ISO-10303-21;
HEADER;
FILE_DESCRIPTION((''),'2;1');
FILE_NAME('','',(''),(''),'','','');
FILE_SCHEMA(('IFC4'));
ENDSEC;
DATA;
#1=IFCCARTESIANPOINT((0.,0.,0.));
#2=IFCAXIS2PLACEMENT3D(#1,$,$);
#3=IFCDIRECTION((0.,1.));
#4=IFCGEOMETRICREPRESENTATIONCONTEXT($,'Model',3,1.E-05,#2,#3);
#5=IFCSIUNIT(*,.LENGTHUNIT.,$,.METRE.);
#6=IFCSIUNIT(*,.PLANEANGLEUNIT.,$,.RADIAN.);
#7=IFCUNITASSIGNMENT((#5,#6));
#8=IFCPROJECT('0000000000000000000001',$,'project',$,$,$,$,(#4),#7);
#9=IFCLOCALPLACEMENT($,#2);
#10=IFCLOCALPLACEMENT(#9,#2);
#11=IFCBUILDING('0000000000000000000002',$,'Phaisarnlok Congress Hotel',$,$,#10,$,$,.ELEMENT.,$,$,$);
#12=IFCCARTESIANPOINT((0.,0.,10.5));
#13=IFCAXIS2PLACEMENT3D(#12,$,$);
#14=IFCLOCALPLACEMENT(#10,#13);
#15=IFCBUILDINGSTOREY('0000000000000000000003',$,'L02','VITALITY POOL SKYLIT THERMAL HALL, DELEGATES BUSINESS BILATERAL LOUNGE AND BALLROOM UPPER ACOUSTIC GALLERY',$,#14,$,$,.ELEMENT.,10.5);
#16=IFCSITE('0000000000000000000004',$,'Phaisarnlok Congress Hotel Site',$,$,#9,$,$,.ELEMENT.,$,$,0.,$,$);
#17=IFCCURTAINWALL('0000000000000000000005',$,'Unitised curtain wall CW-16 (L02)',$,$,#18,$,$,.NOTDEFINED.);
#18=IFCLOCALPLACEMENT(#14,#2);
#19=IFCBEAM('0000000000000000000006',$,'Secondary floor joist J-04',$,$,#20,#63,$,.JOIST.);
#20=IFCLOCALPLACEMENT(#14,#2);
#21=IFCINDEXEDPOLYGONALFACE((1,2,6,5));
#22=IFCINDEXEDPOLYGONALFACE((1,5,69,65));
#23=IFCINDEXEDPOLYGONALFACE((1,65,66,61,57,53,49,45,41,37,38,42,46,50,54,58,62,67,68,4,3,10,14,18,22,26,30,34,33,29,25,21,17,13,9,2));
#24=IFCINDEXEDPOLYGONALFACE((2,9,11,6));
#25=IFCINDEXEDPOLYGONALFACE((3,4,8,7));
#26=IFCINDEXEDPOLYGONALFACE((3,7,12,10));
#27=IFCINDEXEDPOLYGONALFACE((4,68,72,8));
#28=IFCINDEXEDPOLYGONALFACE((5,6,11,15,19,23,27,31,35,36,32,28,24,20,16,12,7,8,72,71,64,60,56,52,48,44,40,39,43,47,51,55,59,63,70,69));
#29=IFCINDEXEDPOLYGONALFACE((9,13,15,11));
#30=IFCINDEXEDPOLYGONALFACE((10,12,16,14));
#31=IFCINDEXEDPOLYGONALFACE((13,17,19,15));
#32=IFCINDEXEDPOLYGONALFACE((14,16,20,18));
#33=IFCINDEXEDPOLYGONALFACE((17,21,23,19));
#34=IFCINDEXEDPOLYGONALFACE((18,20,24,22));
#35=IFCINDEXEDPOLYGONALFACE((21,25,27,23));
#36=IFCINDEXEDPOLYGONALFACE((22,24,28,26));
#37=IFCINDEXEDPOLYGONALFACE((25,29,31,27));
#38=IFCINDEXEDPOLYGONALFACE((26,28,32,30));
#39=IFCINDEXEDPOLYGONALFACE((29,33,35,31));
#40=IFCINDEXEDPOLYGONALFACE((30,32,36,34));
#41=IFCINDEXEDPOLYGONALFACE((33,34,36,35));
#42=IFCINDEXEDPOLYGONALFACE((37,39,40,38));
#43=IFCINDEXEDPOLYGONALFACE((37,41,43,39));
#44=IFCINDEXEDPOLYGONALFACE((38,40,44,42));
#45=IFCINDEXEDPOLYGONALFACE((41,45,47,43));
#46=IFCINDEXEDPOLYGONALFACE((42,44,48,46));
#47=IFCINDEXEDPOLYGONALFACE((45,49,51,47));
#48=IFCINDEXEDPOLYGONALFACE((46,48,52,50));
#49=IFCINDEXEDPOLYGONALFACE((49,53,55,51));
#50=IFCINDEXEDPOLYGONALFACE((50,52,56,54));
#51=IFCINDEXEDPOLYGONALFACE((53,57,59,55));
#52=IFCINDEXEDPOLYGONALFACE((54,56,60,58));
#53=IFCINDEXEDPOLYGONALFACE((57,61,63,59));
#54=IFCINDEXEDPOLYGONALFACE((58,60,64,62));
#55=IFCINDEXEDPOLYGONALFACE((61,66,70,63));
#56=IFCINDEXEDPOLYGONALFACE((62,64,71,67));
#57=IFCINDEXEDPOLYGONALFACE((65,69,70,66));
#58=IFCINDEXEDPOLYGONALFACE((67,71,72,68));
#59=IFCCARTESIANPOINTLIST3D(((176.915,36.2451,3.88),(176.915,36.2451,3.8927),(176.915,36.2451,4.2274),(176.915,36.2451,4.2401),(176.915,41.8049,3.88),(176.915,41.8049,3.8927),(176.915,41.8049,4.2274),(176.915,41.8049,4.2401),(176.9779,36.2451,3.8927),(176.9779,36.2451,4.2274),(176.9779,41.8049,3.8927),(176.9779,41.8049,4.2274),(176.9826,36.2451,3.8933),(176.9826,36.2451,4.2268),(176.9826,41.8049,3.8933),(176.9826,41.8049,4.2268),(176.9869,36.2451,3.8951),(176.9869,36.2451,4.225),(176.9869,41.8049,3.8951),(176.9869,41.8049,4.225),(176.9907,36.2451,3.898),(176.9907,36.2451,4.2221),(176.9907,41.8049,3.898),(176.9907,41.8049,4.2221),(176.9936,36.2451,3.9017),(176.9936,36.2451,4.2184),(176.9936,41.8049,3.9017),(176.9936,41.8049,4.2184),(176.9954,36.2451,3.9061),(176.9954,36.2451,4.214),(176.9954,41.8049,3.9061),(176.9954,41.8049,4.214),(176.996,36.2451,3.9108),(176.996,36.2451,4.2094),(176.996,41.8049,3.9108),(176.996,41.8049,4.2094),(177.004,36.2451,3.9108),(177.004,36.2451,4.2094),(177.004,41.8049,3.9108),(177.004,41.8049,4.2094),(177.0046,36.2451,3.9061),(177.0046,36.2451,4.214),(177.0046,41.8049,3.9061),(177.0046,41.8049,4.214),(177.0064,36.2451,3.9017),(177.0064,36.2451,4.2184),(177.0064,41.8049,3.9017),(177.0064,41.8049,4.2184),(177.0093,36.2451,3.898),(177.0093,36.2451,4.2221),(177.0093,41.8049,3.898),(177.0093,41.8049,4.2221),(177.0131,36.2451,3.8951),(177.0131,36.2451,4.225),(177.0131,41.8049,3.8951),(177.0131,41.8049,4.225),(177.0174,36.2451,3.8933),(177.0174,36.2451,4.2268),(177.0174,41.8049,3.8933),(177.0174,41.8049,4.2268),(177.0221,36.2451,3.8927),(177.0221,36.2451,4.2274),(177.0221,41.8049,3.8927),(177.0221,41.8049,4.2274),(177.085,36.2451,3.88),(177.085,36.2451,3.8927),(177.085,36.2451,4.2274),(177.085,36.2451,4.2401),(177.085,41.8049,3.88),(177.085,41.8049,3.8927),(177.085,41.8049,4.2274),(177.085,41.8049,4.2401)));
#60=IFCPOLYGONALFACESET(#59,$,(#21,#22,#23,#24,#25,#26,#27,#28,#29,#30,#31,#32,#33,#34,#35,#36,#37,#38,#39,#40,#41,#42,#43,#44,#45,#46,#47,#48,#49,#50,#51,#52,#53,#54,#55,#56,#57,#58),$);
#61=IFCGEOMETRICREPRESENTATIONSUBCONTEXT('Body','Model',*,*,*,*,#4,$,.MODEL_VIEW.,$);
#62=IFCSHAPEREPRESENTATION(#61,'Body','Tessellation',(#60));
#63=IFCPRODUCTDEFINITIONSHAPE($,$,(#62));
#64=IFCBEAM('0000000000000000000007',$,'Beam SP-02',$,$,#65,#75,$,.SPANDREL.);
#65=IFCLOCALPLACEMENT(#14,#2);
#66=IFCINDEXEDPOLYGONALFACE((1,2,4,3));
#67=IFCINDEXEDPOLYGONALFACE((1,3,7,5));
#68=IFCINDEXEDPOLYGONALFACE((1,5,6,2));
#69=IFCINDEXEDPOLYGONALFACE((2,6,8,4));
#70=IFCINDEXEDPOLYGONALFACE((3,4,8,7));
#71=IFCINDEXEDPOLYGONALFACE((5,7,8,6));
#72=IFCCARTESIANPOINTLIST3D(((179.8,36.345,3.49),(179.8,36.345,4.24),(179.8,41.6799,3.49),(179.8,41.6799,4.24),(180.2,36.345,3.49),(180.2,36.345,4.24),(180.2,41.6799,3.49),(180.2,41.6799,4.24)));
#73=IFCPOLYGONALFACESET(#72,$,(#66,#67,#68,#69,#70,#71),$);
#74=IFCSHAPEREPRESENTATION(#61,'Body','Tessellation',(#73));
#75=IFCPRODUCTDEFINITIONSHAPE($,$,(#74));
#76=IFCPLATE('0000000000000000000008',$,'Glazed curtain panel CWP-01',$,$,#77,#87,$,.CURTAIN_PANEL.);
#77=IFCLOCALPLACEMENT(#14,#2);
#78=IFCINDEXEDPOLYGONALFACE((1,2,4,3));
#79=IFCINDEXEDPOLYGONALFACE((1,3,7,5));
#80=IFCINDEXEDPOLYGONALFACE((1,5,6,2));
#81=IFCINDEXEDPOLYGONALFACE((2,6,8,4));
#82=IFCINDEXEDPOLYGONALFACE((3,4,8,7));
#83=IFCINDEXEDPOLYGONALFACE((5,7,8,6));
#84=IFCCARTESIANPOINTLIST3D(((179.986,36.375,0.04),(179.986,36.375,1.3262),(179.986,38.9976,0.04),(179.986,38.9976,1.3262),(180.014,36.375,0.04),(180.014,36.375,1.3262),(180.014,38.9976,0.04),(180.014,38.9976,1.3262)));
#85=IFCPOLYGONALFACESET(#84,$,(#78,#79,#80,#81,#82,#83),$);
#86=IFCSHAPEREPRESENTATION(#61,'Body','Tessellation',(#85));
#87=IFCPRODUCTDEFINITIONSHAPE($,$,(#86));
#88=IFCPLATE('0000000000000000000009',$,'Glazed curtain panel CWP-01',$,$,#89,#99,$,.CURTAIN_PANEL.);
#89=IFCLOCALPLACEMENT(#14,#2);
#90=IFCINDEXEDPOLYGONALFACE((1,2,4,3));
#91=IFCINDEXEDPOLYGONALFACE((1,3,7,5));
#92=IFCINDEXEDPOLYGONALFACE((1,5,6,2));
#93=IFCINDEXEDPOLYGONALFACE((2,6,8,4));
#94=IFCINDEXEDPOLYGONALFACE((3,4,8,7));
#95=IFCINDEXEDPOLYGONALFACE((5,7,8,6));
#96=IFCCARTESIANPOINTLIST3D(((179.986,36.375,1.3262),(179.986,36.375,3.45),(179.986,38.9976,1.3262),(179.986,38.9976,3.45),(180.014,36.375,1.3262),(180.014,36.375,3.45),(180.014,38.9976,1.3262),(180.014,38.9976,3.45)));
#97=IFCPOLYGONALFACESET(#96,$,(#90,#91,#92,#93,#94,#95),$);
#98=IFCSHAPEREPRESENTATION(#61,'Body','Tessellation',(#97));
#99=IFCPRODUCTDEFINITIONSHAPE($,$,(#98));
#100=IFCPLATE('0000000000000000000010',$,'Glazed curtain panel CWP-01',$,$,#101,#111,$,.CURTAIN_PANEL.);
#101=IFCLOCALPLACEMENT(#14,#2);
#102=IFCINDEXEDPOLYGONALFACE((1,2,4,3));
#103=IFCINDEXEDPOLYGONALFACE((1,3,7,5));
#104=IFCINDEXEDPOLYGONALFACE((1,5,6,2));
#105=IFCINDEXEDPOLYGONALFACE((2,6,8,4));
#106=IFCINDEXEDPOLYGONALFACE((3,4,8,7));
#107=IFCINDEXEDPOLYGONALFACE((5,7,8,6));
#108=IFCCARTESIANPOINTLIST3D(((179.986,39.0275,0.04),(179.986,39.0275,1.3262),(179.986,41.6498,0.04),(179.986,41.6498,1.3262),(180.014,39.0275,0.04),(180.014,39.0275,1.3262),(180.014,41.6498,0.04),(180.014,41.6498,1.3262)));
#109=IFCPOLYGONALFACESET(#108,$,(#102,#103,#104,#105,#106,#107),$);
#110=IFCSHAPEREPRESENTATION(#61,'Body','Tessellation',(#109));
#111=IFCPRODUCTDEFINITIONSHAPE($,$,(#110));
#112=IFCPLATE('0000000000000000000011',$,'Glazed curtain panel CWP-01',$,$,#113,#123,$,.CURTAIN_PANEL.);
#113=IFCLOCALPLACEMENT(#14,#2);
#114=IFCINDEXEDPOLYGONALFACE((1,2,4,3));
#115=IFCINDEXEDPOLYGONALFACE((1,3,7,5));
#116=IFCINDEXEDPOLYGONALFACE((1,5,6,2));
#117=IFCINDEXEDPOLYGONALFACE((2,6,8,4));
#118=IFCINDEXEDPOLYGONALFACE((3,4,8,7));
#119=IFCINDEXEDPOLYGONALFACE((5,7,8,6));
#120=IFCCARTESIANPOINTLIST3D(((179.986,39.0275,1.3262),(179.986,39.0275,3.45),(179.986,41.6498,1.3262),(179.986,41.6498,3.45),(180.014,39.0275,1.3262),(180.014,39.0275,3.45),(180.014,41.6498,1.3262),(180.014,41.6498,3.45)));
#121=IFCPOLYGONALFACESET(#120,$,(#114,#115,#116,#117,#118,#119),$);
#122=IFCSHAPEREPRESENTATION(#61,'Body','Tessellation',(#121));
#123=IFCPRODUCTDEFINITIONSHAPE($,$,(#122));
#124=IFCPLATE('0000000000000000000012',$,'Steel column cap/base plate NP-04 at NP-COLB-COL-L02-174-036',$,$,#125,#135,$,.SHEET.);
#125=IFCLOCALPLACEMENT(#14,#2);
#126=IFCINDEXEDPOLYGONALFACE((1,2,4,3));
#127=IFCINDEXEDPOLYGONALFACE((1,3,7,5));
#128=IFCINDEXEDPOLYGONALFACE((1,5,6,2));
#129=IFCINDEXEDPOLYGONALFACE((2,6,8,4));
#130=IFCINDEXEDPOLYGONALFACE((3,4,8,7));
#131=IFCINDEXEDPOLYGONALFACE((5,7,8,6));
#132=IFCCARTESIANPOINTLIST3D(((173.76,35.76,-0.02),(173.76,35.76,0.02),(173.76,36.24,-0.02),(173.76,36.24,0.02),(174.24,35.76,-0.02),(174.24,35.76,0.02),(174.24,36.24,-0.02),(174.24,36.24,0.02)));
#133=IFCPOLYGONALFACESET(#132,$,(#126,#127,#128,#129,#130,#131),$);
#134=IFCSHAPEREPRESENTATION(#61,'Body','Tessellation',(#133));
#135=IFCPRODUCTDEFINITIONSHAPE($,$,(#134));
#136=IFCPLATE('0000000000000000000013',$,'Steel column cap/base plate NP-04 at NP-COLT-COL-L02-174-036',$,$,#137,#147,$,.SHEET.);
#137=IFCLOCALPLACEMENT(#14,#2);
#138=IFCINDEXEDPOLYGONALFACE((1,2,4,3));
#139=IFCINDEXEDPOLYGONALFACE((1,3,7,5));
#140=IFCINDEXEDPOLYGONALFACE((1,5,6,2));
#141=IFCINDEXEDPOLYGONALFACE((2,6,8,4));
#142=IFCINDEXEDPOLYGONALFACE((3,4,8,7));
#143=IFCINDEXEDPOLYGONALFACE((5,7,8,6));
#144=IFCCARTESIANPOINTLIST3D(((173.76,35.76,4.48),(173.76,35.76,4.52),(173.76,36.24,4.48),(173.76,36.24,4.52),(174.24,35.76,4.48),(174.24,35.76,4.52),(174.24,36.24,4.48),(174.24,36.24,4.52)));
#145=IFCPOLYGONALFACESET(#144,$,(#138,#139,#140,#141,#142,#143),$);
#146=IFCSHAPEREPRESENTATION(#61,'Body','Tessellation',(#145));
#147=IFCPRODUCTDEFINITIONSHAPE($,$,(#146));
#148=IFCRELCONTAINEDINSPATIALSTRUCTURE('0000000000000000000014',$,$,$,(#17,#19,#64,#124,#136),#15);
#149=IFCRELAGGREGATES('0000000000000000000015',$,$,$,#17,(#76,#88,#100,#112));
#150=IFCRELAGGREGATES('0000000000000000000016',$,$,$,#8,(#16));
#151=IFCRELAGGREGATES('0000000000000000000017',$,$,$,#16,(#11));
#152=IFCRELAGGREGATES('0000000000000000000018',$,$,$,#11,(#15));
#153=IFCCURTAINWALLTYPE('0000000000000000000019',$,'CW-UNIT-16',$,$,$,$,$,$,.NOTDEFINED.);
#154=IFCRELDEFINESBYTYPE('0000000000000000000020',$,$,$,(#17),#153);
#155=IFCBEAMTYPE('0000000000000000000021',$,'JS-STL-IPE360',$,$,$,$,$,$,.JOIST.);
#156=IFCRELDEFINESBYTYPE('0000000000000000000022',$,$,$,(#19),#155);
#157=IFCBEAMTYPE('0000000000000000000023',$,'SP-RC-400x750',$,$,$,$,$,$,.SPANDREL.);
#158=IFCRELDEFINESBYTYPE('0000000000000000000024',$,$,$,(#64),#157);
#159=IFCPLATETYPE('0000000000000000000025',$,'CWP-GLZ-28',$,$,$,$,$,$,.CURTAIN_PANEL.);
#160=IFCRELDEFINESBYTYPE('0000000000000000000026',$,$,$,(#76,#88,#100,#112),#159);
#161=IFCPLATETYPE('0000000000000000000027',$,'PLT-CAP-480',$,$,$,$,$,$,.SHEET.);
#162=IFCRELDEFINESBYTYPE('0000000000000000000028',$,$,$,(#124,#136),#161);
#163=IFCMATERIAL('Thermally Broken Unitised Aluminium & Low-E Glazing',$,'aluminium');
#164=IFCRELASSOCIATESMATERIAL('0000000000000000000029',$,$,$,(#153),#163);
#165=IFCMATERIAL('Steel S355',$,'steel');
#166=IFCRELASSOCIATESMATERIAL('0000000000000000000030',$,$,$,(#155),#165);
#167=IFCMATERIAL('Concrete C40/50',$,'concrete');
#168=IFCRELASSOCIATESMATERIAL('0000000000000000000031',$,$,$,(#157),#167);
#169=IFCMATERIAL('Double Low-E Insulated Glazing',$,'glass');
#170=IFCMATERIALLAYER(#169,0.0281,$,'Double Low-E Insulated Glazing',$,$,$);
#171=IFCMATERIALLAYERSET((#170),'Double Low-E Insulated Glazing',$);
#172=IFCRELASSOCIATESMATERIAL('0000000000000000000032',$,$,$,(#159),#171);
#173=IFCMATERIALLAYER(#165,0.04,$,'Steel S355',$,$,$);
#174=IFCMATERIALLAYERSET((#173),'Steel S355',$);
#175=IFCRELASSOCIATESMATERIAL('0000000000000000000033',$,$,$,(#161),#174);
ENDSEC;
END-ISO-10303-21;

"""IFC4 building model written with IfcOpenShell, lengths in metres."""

from ifc_helpers import new_model, si_unit, direction, frame, frame_2d, origin, origin_2d, place, context, subcontext, project, spatial, rectangle, i_section, extrude, material, layer, layer_set, material_profile, profile_set, type_object, element, aggregate, save


model = new_model("IFC4")

# Units and contexts
model_context = context("Model", 3, precision=1e-05, world=origin(), true_north=direction((0.0, 1.0)))
body_context = subcontext(model_context, "Body", "Model", "MODEL_VIEW")
ifc_project = project(units=[si_unit("LENGTHUNIT", "METRE"), si_unit("PLANEANGLEUNIT", "RADIAN")], contexts=[model_context])

# Site, building, storey
site_placement = place(None, origin())
site = spatial("IfcSite", under=ifc_project, at=site_placement, Name="Phaisarnlok Congress Hotel Site", CompositionType="ELEMENT", RefElevation=0.0)
building_placement = place(site_placement, origin())
building = spatial("IfcBuilding", under=site, at=building_placement, Name="Phaisarnlok Congress Hotel", CompositionType="ELEMENT")
storey_placement = place(building_placement, frame((0.0, 0.0, 10.5)))
storey = spatial("IfcBuildingStorey", under=building, at=storey_placement, Name="L02", Description="VITALITY POOL SKYLIT THERMAL HALL, DELEGATES BUSINESS BILATERAL LOUNGE AND BALLROOM UPPER ACOUSTIC GALLERY", CompositionType="ELEMENT", Elevation=10.5)

# Shared definitions
ifc_material_1 = material(Name="Steel S355", Category="steel")

# Shared definitions
ifc_material_2 = material(Name="Concrete C40/50", Category="concrete")

# Curtain wall
ifc_material_3 = material(Name="Thermally Broken Unitised Aluminium & Low-E Glazing", Category="aluminium")
curtain_wall_type = type_object("IfcCurtainWallType", Name="CW-UNIT-16", PredefinedType="NOTDEFINED", material=ifc_material_3)
curtain_wall_placement = place(storey_placement, origin())
curtain_wall = element("IfcCurtainWall", 1, at=curtain_wall_placement, inside=storey, type_object=curtain_wall_type, Name="Unitised curtain wall CW-16 (L02)", PredefinedType="NOTDEFINED")

# Beams
ifc_material_profile_1 = material_profile(ifc_material_1, i_section(OverallWidth=0.1699, OverallDepth=0.3601, WebThickness=0.0081, FlangeThickness=0.0127, FilletRadius=0.0181, at=origin_2d()), Name="IPE 360")
ifc_profile_set_1 = profile_set([ifc_material_profile_1], Name="Steel S355")
beam_type_1 = type_object("IfcBeamType", Name="JS-STL-IPE360", PredefinedType="JOIST", material=ifc_profile_set_1)
beam_1_placement = place(storey_placement, frame((177.0, 36.2451, 4.0601), z_axis=(0.0, 1.0, 0.0), x_axis=(-1.0, 0.0, 0.0)))
element("IfcBeam", 2, at=beam_1_placement, inside=storey, type_object=beam_type_1, Name="Secondary floor joist J-04", PredefinedType="JOIST", context=body_context, shape_type="SweptSolid", body=[
    extrude(i_section(OverallWidth=0.1699, OverallDepth=0.3601, WebThickness=0.0081, FlangeThickness=0.0127, FilletRadius=0.0181, at=origin_2d()), origin(), (0.0, 0.0, 1.0), 5.5598),
])
ifc_material_profile_2 = material_profile(ifc_material_2, rectangle(XDim=0.3999, YDim=0.75, at=origin_2d()), Name="RC 400x750")
ifc_profile_set_2 = profile_set([ifc_material_profile_2], Name="Concrete C40/50")
beam_type_2 = type_object("IfcBeamType", Name="SP-RC-400x750", PredefinedType="SPANDREL", material=ifc_profile_set_2)
beam_2_placement = place(storey_placement, frame((180.0, 36.345, 3.865), z_axis=(0.0, 1.0, 0.0), x_axis=(-1.0, 0.0, 0.0)))
element("IfcBeam", 3, at=beam_2_placement, inside=storey, type_object=beam_type_2, Name="Beam SP-02", PredefinedType="SPANDREL", context=body_context, shape_type="SweptSolid", body=[
    extrude(rectangle(XDim=0.3999, YDim=0.75, at=origin_2d()), origin(), (0.0, 0.0, 1.0), 5.335),
])

# Plates
ifc_material_4 = material(Name="Double Low-E Insulated Glazing", Category="glass")
ifc_layer_1 = layer(ifc_material_4, 0.0281, Name="Double Low-E Insulated Glazing")
ifc_layer_set_1 = layer_set([ifc_layer_1], Name="Double Low-E Insulated Glazing")
plate_type_1 = type_object("IfcPlateType", Name="CWP-GLZ-28", PredefinedType="CURTAIN_PANEL", material=ifc_layer_set_1)
plate_1_placement = place(storey_placement, frame((180.0, 36.375, 0.04), z_axis=(0.0, 0.0, 1.0), x_axis=(0.0, 1.0, 0.0)))
plate_1 = element("IfcPlate", 4, at=plate_1_placement, type_object=plate_type_1, Name="Glazed curtain panel CWP-01", PredefinedType="CURTAIN_PANEL", context=body_context, shape_type="SweptSolid", body=[
    extrude(rectangle(XDim=2.6226, YDim=0.0281, at=frame_2d((1.3113, 0.0))), origin(), (0.0, 0.0, 1.0), 1.2861),
])
plate_2_placement = place(storey_placement, frame((180.0, 36.375, 1.3262), z_axis=(0.0, 0.0, 1.0), x_axis=(0.0, 1.0, 0.0)))
plate_2 = element("IfcPlate", 5, at=plate_2_placement, type_object=plate_type_1, Name="Glazed curtain panel CWP-01", PredefinedType="CURTAIN_PANEL", context=body_context, shape_type="SweptSolid", body=[
    extrude(rectangle(XDim=2.6226, YDim=0.0281, at=frame_2d((1.3113, 0.0))), origin(), (0.0, 0.0, 1.0), 2.1238),
])
plate_3_placement = place(storey_placement, frame((180.0, 39.0276, 0.04), z_axis=(0.0, 0.0, 1.0), x_axis=(0.0, 1.0, 0.0)))
plate_3 = element("IfcPlate", 6, at=plate_3_placement, type_object=plate_type_1, Name="Glazed curtain panel CWP-01", PredefinedType="CURTAIN_PANEL", context=body_context, shape_type="SweptSolid", body=[
    extrude(rectangle(XDim=2.6223, YDim=0.0281, at=frame_2d((1.311, 0.0))), origin(), (0.0, 0.0, 1.0), 1.2861),
])
plate_4_placement = place(storey_placement, frame((180.0, 39.0276, 1.3262), z_axis=(0.0, 0.0, 1.0), x_axis=(0.0, 1.0, 0.0)))
plate_4 = element("IfcPlate", 7, at=plate_4_placement, type_object=plate_type_1, Name="Glazed curtain panel CWP-01", PredefinedType="CURTAIN_PANEL", context=body_context, shape_type="SweptSolid", body=[
    extrude(rectangle(XDim=2.6223, YDim=0.0281, at=frame_2d((1.311, 0.0))), origin(), (0.0, 0.0, 1.0), 2.1238),
])
aggregate(curtain_wall, [plate_1, plate_2, plate_3, plate_4])

# Plates
ifc_layer_2 = layer(ifc_material_1, 0.04, Name="Steel S355")
ifc_layer_set_2 = layer_set([ifc_layer_2], Name="Steel S355")
plate_type_2 = type_object("IfcPlateType", Name="PLT-CAP-480", PredefinedType="SHEET", material=ifc_layer_set_2)
for number, where, z_axis, x_axis, name in (
    (8, (174.0, 36.0, -0.02), (0.0, 0.0, 1.0), (1.0, 0.0, 0.0), "Steel column cap/base plate NP-04 at NP-COLB-COL-L02-174-036"),
    (9, (174.0, 36.0, 4.48), (0.0, 0.0, 1.0), (1.0, 0.0, 0.0), "Steel column cap/base plate NP-04 at NP-COLT-COL-L02-174-036"),
):
    element("IfcPlate", number, at=place(storey_placement, frame(where, z_axis=z_axis, x_axis=x_axis)), inside=storey, type_object=plate_type_2, Name=name, PredefinedType="SHEET", context=body_context, shape_type="SweptSolid", body=[
        extrude(rectangle(XDim=0.48, YDim=0.48, at=origin_2d()), origin(), (0.0, 0.0, 1.0), 0.04),
    ])

save(model, "model.ifc")
